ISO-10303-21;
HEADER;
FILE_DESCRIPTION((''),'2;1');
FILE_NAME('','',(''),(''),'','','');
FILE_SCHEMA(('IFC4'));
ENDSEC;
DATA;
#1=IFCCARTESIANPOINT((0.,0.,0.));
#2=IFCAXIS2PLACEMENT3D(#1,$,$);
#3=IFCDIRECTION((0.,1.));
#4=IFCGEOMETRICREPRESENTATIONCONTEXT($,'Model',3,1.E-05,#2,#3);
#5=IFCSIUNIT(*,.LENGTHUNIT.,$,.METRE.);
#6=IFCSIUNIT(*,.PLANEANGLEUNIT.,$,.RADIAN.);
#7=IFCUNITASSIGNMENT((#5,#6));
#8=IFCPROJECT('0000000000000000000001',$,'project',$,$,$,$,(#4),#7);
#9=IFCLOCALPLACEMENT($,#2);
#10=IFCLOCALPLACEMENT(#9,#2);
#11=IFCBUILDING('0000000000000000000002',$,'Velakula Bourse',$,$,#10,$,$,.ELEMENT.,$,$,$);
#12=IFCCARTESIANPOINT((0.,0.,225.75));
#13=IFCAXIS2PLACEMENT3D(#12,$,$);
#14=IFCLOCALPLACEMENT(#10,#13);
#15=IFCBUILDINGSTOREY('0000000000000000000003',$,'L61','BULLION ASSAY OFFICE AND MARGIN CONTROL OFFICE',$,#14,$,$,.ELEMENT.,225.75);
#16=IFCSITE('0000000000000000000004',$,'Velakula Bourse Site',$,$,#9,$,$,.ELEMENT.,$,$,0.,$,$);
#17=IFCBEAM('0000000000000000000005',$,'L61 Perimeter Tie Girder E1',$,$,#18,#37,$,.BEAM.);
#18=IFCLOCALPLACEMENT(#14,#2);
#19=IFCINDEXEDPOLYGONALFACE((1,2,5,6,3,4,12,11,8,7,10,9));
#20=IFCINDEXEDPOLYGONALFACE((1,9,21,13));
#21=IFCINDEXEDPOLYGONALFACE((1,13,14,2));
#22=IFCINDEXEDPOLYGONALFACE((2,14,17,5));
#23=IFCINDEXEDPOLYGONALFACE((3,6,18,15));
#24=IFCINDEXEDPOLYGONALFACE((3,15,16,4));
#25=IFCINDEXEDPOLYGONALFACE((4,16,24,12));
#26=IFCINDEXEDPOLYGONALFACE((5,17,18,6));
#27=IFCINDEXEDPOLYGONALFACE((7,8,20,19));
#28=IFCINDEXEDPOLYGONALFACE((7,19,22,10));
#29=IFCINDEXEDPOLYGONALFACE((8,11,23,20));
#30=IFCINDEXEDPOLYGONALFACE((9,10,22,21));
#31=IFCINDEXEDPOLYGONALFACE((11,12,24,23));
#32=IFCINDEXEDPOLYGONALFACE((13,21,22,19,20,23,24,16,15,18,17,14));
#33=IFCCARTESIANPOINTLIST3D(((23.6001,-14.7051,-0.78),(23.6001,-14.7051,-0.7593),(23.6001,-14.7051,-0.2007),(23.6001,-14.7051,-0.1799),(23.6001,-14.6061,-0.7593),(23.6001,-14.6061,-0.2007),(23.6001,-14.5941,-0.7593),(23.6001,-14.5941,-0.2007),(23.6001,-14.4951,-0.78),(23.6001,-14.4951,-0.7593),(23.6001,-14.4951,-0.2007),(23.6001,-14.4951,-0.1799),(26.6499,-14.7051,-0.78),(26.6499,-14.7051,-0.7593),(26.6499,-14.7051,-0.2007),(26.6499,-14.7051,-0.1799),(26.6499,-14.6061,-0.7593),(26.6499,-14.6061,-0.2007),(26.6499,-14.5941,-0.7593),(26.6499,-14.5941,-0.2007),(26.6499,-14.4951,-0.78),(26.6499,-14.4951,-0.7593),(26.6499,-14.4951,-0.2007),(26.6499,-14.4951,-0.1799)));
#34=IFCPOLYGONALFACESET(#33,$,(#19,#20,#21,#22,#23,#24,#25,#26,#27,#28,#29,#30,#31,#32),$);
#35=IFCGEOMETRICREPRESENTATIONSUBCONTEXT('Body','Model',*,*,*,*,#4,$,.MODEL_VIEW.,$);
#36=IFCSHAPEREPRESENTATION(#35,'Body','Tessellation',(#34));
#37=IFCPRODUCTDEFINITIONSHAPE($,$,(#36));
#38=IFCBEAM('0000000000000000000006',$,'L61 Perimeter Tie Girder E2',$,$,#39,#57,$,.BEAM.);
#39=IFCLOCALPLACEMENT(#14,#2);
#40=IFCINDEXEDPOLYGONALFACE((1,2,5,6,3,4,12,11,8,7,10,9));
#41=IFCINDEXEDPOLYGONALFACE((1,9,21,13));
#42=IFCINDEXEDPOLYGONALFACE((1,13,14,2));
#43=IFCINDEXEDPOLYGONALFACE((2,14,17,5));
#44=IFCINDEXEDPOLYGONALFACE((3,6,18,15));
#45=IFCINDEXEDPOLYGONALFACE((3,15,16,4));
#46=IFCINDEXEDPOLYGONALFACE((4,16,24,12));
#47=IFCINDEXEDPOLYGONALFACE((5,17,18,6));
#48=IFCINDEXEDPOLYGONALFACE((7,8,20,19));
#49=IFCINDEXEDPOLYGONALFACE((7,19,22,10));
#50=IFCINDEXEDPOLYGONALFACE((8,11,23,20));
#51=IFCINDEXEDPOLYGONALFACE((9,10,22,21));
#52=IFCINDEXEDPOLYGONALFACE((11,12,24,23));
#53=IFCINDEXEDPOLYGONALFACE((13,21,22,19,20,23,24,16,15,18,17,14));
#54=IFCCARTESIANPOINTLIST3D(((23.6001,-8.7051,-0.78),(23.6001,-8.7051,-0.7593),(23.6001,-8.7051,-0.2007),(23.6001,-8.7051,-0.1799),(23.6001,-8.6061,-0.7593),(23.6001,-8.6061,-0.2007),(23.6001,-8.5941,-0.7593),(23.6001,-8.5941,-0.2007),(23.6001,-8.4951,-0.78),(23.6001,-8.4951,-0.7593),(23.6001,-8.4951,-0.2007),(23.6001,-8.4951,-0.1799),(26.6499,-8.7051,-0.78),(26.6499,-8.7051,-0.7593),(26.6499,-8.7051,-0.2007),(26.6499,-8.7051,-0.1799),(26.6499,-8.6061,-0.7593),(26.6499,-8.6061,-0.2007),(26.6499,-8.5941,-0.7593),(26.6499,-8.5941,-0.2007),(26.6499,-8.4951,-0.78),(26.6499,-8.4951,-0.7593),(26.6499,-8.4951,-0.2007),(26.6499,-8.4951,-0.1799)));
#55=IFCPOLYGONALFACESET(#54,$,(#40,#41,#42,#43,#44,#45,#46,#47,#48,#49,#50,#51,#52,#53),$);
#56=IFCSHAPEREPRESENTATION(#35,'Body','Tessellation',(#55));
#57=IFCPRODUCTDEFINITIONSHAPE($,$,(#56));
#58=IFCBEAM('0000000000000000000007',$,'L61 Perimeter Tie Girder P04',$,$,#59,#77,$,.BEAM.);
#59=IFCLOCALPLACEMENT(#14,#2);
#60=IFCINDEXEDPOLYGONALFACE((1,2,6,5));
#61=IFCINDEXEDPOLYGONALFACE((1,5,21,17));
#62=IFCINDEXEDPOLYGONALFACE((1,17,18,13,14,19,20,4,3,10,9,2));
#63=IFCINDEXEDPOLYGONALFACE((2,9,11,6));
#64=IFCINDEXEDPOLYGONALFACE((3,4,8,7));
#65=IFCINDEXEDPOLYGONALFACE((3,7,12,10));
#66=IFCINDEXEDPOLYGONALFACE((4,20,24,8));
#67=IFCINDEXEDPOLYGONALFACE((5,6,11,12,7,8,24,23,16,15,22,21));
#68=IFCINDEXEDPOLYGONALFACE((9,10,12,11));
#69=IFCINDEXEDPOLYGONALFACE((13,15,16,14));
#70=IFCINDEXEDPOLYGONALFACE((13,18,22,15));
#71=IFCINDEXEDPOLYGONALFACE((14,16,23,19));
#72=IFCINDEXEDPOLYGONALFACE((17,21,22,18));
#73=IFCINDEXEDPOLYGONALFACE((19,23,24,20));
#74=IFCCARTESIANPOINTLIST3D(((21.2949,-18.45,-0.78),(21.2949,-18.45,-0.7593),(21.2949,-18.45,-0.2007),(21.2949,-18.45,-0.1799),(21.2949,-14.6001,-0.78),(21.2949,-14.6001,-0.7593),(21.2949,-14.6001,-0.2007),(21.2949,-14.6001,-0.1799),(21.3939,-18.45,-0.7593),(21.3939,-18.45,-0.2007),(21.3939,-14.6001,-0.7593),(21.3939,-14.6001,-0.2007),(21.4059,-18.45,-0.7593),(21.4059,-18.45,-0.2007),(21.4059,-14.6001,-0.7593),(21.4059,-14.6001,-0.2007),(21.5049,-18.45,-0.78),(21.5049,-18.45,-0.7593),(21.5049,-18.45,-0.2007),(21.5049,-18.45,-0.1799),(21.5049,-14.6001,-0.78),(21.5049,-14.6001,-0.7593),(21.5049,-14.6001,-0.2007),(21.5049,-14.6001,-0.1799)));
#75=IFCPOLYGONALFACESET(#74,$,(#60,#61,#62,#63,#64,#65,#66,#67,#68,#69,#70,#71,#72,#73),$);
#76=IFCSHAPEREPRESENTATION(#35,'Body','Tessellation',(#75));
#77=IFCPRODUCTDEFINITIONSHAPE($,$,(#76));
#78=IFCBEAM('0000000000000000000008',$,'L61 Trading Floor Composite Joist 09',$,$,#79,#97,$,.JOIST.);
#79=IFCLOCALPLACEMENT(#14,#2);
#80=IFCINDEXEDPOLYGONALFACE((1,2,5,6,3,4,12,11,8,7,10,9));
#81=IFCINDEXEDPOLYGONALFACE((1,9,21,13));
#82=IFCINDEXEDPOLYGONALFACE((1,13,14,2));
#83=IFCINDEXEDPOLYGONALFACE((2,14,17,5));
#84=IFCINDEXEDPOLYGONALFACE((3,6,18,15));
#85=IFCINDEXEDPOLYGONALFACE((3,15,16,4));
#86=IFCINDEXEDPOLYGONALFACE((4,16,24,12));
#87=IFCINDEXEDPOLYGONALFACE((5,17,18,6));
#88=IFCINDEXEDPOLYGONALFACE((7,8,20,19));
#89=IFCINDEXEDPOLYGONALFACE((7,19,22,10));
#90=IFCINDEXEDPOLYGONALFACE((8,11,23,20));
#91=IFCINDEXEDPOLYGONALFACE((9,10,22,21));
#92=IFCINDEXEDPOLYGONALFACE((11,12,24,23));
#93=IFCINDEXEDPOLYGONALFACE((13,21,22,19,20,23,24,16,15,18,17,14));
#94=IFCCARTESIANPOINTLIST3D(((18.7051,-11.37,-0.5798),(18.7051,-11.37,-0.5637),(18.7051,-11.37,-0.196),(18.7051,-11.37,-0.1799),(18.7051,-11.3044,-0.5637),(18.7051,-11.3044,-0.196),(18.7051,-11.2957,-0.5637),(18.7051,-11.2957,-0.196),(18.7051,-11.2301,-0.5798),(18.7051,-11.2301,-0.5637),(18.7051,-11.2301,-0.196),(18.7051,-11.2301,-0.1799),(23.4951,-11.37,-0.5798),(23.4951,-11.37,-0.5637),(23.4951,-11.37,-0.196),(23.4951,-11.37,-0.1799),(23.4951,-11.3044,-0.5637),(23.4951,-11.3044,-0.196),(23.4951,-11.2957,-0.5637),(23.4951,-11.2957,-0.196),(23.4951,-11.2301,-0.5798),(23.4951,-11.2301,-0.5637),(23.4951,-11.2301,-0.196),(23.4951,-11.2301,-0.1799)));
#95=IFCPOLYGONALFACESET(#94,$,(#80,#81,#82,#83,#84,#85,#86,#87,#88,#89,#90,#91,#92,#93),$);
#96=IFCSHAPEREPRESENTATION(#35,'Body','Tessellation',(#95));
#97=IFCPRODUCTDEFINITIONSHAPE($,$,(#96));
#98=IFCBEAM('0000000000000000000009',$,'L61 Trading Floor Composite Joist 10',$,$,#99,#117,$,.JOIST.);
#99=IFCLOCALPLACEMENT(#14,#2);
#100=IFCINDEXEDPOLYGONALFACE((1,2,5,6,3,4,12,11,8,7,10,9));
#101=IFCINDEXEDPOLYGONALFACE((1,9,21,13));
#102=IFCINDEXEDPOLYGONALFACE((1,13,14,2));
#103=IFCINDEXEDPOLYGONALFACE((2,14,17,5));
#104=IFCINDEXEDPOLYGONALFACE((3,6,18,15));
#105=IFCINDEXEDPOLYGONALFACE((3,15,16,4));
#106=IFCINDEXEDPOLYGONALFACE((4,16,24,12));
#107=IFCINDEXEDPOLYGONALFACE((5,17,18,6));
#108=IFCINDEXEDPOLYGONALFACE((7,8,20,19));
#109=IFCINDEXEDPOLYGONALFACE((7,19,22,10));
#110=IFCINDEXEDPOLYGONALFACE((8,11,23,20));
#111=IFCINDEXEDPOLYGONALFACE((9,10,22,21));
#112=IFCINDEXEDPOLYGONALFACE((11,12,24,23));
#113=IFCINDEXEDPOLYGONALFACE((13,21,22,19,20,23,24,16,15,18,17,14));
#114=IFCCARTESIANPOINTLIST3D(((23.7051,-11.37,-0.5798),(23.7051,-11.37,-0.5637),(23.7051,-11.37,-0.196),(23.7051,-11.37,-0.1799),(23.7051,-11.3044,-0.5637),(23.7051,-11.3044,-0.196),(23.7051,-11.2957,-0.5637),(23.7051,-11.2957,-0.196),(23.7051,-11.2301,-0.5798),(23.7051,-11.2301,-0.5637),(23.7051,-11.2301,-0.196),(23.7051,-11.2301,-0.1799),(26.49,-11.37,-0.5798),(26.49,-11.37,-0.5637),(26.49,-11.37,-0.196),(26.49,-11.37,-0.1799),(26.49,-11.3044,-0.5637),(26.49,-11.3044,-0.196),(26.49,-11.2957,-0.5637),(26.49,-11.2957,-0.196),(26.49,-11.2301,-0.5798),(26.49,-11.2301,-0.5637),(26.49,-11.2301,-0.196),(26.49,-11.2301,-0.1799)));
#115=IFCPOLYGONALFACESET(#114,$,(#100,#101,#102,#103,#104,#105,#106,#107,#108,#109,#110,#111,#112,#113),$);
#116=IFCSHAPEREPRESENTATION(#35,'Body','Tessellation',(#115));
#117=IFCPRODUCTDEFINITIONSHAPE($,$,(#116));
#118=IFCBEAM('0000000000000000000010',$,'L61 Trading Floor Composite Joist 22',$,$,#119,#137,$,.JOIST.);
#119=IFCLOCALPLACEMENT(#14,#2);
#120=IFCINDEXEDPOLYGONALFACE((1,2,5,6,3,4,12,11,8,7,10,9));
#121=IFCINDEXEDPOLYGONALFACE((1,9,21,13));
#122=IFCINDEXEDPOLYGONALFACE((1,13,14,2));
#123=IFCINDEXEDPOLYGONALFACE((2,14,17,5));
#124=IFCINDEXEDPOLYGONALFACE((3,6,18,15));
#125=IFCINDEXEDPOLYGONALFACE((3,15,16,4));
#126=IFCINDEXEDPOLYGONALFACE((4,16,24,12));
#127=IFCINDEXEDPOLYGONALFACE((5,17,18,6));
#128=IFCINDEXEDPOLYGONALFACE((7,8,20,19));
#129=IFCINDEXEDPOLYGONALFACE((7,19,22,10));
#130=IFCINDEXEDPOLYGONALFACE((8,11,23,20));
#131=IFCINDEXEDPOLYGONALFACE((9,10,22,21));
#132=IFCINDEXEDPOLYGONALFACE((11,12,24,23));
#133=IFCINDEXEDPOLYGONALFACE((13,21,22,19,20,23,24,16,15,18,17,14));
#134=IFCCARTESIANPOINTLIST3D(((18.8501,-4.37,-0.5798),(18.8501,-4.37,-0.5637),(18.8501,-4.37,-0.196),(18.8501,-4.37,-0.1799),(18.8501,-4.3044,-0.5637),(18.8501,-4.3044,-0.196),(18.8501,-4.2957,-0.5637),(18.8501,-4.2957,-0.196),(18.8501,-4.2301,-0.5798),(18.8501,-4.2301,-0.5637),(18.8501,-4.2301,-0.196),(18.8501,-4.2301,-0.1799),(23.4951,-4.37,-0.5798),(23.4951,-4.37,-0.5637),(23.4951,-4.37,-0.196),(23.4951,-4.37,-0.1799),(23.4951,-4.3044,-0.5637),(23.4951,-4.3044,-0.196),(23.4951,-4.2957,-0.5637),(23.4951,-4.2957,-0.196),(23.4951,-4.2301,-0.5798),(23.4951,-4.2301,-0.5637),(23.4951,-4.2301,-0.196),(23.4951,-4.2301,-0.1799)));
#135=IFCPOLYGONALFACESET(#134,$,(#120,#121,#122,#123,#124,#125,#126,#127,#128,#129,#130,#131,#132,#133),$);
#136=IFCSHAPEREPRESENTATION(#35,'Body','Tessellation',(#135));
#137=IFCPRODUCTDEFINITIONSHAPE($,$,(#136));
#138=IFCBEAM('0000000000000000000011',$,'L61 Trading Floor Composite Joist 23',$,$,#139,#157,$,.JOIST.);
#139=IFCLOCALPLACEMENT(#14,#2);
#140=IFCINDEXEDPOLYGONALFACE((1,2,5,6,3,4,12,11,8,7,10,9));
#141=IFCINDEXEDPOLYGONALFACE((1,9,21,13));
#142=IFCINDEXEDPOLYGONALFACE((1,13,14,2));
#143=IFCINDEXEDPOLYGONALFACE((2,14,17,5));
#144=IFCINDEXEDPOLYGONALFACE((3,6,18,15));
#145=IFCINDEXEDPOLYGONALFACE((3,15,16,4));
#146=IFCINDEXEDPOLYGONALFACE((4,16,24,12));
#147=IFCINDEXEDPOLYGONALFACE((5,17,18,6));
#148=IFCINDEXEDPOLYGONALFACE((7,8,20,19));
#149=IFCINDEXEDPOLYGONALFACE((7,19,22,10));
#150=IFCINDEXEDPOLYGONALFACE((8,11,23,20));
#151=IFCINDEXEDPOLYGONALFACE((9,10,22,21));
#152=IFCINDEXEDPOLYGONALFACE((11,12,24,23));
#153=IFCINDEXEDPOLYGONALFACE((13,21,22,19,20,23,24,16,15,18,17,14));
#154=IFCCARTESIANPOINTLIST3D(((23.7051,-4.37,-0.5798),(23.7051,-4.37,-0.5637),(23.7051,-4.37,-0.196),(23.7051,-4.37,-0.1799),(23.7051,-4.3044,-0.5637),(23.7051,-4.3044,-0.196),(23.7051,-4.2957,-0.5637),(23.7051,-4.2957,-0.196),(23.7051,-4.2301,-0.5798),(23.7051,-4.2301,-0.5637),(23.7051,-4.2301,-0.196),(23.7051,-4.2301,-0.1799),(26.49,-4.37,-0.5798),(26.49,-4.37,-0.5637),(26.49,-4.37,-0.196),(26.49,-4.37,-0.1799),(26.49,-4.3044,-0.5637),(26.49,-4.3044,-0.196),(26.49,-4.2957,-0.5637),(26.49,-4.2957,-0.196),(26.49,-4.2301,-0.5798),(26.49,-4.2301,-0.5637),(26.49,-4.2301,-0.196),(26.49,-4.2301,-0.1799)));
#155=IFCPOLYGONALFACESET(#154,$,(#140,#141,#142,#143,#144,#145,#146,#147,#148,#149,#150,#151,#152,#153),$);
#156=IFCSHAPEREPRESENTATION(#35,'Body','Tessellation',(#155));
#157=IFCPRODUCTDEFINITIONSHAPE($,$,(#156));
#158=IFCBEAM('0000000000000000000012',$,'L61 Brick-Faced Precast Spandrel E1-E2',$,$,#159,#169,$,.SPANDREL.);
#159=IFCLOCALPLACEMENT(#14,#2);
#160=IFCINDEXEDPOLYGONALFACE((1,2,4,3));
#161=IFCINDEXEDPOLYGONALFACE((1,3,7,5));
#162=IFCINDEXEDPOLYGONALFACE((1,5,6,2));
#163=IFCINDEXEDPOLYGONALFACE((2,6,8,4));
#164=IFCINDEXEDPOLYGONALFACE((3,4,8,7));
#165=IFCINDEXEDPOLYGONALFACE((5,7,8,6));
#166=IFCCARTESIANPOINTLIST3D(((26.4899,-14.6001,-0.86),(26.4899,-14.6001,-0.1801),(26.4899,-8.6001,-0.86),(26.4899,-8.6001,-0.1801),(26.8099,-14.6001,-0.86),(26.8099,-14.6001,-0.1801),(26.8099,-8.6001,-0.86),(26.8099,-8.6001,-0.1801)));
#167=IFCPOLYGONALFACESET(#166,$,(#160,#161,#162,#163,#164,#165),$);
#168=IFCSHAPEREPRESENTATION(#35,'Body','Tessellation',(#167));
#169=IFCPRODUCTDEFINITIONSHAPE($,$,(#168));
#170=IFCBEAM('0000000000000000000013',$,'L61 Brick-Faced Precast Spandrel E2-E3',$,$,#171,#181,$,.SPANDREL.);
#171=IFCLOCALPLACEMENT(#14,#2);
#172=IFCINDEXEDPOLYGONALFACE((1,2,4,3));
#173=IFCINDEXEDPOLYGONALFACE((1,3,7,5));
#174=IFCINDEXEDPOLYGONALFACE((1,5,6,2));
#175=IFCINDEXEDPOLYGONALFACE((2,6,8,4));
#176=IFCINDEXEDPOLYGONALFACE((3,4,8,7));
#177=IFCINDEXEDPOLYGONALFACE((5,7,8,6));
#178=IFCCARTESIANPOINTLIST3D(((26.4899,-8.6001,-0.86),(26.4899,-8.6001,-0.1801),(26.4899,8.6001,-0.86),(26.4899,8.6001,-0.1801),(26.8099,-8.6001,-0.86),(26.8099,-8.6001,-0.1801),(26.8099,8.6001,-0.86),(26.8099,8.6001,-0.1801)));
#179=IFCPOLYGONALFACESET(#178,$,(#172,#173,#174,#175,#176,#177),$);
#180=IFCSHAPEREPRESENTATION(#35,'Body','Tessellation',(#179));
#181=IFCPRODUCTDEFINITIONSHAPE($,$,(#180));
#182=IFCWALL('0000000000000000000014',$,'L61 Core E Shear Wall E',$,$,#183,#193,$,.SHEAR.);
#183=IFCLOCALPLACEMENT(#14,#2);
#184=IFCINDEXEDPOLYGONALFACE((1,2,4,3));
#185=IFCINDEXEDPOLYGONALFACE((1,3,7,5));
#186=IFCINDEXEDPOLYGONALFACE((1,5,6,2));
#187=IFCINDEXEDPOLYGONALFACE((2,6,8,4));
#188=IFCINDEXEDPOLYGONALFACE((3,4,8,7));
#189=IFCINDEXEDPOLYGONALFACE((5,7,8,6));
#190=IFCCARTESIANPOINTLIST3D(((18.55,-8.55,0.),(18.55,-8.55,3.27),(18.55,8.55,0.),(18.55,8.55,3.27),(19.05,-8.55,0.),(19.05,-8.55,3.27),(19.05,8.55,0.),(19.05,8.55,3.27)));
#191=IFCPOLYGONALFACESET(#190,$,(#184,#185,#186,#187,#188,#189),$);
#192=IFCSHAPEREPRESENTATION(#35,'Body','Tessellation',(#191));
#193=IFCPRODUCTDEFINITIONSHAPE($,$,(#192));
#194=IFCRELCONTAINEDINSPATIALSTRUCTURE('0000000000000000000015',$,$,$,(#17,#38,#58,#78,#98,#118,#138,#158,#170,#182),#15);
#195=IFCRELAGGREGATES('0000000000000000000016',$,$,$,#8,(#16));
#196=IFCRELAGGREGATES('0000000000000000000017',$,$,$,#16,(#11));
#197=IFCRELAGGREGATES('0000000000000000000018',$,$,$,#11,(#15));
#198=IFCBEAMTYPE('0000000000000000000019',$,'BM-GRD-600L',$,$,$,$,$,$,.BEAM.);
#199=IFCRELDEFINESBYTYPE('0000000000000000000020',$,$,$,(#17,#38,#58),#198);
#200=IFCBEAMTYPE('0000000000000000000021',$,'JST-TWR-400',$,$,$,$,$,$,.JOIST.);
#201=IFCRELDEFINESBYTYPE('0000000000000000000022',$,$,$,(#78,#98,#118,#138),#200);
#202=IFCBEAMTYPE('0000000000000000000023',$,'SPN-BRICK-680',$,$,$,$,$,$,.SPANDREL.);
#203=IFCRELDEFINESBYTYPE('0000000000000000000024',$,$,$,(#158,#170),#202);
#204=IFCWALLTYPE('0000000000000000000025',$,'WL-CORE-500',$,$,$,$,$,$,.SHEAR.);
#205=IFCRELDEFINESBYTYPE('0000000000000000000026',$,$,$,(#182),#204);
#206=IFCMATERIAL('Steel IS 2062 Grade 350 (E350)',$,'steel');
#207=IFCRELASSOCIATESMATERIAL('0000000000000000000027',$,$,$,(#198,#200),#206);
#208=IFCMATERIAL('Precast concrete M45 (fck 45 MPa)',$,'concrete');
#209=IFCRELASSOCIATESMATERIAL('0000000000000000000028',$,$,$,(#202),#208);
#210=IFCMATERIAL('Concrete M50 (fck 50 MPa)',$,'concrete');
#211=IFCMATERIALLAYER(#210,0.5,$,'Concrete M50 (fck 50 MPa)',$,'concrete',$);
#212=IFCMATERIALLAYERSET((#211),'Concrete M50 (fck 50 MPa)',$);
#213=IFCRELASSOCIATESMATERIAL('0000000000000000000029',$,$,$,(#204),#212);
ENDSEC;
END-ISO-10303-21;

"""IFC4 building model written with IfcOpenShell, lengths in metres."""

from ifc_helpers import new_model, si_unit, direction, frame, frame_2d, origin, origin_2d, place, context, subcontext, project, spatial, rectangle, i_section, extrude, material, layer, layer_set, material_profile, profile_set, type_object, element, save


model = new_model("IFC4")

# Units and contexts
model_context = context("Model", 3, precision=1e-05, world=origin(), true_north=direction((0.0, 1.0)))
body_context = subcontext(model_context, "Body", "Model", "MODEL_VIEW")
ifc_project = project(units=[si_unit("LENGTHUNIT", "METRE"), si_unit("PLANEANGLEUNIT", "RADIAN")], contexts=[model_context])

# Site, building, storey
site_placement = place(None, origin())
site = spatial("IfcSite", under=ifc_project, at=site_placement, Name="Velakula Bourse Site", CompositionType="ELEMENT", RefElevation=0.0)
building_placement = place(site_placement, origin())
building = spatial("IfcBuilding", under=site, at=building_placement, Name="Velakula Bourse", CompositionType="ELEMENT")
storey_placement = place(building_placement, frame((0.0, 0.0, 225.75)))
storey = spatial("IfcBuildingStorey", under=building, at=storey_placement, Name="L61", Description="BULLION ASSAY OFFICE AND MARGIN CONTROL OFFICE", CompositionType="ELEMENT", Elevation=225.75)

# Shared definitions
ifc_material_1 = material(Name="Concrete M50 (fck 50 MPa)", Category="concrete")
ifc_material_2 = material(Name="Steel IS 2062 Grade 350 (E350)", Category="steel")

# Beams
ifc_material_profile_1 = material_profile(ifc_material_2, i_section(OverallWidth=0.21, OverallDepth=0.6001, WebThickness=0.012, FlangeThickness=0.0208, at=origin_2d()), Name="Steel IS 2062 Grade 350 (E350)")
ifc_profile_set_1 = profile_set([ifc_material_profile_1], Name="Steel IS 2062 Grade 350 (E350)")
beam_type_1 = type_object("IfcBeamType", Name="BM-GRD-600L", PredefinedType="BEAM", material=ifc_profile_set_1)
for number, where, z_axis, x_axis, name in (
    (1, (23.6001, -14.6001, -0.48), (1.0, 0.0, 0.0), (0.0, 1.0, 0.0), "L61 Perimeter Tie Girder E1"),
    (2, (23.6001, -8.6001, -0.48), (1.0, 0.0, 0.0), (0.0, 1.0, 0.0), "L61 Perimeter Tie Girder E2"),
):
    element("IfcBeam", number, at=place(storey_placement, frame(where, z_axis=z_axis, x_axis=x_axis)), inside=storey, type_object=beam_type_1, Name=name, PredefinedType="BEAM", context=body_context, shape_type="SweptSolid", body=[
        extrude(i_section(OverallWidth=0.21, OverallDepth=0.6001, WebThickness=0.012, FlangeThickness=0.0208, at=origin_2d()), origin(), (0.0, 0.0, 1.0), 3.0498),
    ])
beam_1_placement = place(storey_placement, frame((21.3999, -14.6001, -0.48), z_axis=(0.0, -1.0, 0.0), x_axis=(1.0, 0.0, 0.0)))
element("IfcBeam", 3, at=beam_1_placement, inside=storey, type_object=beam_type_1, Name="L61 Perimeter Tie Girder P04", PredefinedType="BEAM", context=body_context, shape_type="SweptSolid", body=[
    extrude(i_section(OverallWidth=0.21, OverallDepth=0.6001, WebThickness=0.012, FlangeThickness=0.0208, at=origin_2d()), origin(), (0.0, 0.0, 1.0), 3.8499),
])
ifc_material_profile_2 = material_profile(ifc_material_2, i_section(OverallWidth=0.1399, OverallDepth=0.3999, WebThickness=0.0088, FlangeThickness=0.0161, at=origin_2d()), Name="Steel IS 2062 Grade 350 (E350)")
ifc_profile_set_2 = profile_set([ifc_material_profile_2], Name="Steel IS 2062 Grade 350 (E350)")
beam_type_2 = type_object("IfcBeamType", Name="JST-TWR-400", PredefinedType="JOIST", material=ifc_profile_set_2)
beam_2_placement = place(storey_placement, frame((18.7051, -11.3, -0.3799), z_axis=(1.0, 0.0, 0.0), x_axis=(0.0, 1.0, 0.0)))
element("IfcBeam", 4, at=beam_2_placement, inside=storey, type_object=beam_type_2, Name="L61 Trading Floor Composite Joist 09", PredefinedType="JOIST", context=body_context, shape_type="SweptSolid", body=[
    extrude(i_section(OverallWidth=0.1399, OverallDepth=0.3999, WebThickness=0.0088, FlangeThickness=0.0161, at=origin_2d()), origin(), (0.0, 0.0, 1.0), 4.79),
])
beam_3_placement = place(storey_placement, frame((23.7051, -11.3, -0.3799), z_axis=(1.0, 0.0, 0.0), x_axis=(0.0, 1.0, 0.0)))
element("IfcBeam", 5, at=beam_3_placement, inside=storey, type_object=beam_type_2, Name="L61 Trading Floor Composite Joist 10", PredefinedType="JOIST", context=body_context, shape_type="SweptSolid", body=[
    extrude(i_section(OverallWidth=0.1399, OverallDepth=0.3999, WebThickness=0.0088, FlangeThickness=0.0161, at=origin_2d()), origin(), (0.0, 0.0, 1.0), 2.7849),
])
beam_4_placement = place(storey_placement, frame((18.8501, -4.3, -0.3799), z_axis=(1.0, 0.0, 0.0), x_axis=(0.0, 1.0, 0.0)))
element("IfcBeam", 6, at=beam_4_placement, inside=storey, type_object=beam_type_2, Name="L61 Trading Floor Composite Joist 22", PredefinedType="JOIST", context=body_context, shape_type="SweptSolid", body=[
    extrude(i_section(OverallWidth=0.1399, OverallDepth=0.3999, WebThickness=0.0088, FlangeThickness=0.0161, at=origin_2d()), origin(), (0.0, 0.0, 1.0), 4.645),
])
beam_5_placement = place(storey_placement, frame((23.7051, -4.3, -0.3799), z_axis=(1.0, 0.0, 0.0), x_axis=(0.0, 1.0, 0.0)))
element("IfcBeam", 7, at=beam_5_placement, inside=storey, type_object=beam_type_2, Name="L61 Trading Floor Composite Joist 23", PredefinedType="JOIST", context=body_context, shape_type="SweptSolid", body=[
    extrude(i_section(OverallWidth=0.1399, OverallDepth=0.3999, WebThickness=0.0088, FlangeThickness=0.0161, at=origin_2d()), origin(), (0.0, 0.0, 1.0), 2.7849),
])
ifc_material_3 = material(Name="Precast concrete M45 (fck 45 MPa)", Category="concrete")
ifc_material_profile_3 = material_profile(ifc_material_3, rectangle(XDim=0.3201, YDim=0.6799, at=origin_2d()), Name="Precast concrete M45 (fck 45 MPa)")
ifc_profile_set_3 = profile_set([ifc_material_profile_3], Name="Precast concrete M45 (fck 45 MPa)")
beam_type_3 = type_object("IfcBeamType", Name="SPN-BRICK-680", PredefinedType="SPANDREL", material=ifc_profile_set_3)
beam_6_placement = place(storey_placement, frame((26.6499, -14.6001, -0.52), z_axis=(0.0, 1.0, 0.0), x_axis=(-1.0, 0.0, 0.0)))
element("IfcBeam", 8, at=beam_6_placement, inside=storey, type_object=beam_type_3, Name="L61 Brick-Faced Precast Spandrel E1-E2", PredefinedType="SPANDREL", context=body_context, shape_type="SweptSolid", body=[
    extrude(rectangle(XDim=0.3201, YDim=0.6799, at=origin_2d()), origin(), (0.0, 0.0, 1.0), 6.0),
])
beam_7_placement = place(storey_placement, frame((26.6499, -8.6001, -0.52), z_axis=(0.0, 1.0, 0.0), x_axis=(-1.0, 0.0, 0.0)))
element("IfcBeam", 9, at=beam_7_placement, inside=storey, type_object=beam_type_3, Name="L61 Brick-Faced Precast Spandrel E2-E3", PredefinedType="SPANDREL", context=body_context, shape_type="SweptSolid", body=[
    extrude(rectangle(XDim=0.3201, YDim=0.6799, at=origin_2d()), origin(), (0.0, 0.0, 1.0), 17.2002),
])

# Wall
ifc_layer_1 = layer(ifc_material_1, 0.5, Name="Concrete M50 (fck 50 MPa)", Category="concrete")
ifc_layer_set_1 = layer_set([ifc_layer_1], Name="Concrete M50 (fck 50 MPa)")
wall_type_1 = type_object("IfcWallType", Name="WL-CORE-500", PredefinedType="SHEAR", material=ifc_layer_set_1)
wall_1_placement = place(storey_placement, frame((18.8, -8.55, 0.0), z_axis=(0.0, 0.0, 1.0), x_axis=(0.0, 1.0, 0.0)))
element("IfcWall", 10, at=wall_1_placement, inside=storey, type_object=wall_type_1, Name="L61 Core E Shear Wall E", PredefinedType="SHEAR", context=body_context, shape_type="SweptSolid", body=[
    extrude(rectangle(XDim=17.1001, YDim=0.5, at=frame_2d((8.55, 0.0))), origin(), (0.0, 0.0, 1.0), 3.27),
])

save(model, "model.ifc")
